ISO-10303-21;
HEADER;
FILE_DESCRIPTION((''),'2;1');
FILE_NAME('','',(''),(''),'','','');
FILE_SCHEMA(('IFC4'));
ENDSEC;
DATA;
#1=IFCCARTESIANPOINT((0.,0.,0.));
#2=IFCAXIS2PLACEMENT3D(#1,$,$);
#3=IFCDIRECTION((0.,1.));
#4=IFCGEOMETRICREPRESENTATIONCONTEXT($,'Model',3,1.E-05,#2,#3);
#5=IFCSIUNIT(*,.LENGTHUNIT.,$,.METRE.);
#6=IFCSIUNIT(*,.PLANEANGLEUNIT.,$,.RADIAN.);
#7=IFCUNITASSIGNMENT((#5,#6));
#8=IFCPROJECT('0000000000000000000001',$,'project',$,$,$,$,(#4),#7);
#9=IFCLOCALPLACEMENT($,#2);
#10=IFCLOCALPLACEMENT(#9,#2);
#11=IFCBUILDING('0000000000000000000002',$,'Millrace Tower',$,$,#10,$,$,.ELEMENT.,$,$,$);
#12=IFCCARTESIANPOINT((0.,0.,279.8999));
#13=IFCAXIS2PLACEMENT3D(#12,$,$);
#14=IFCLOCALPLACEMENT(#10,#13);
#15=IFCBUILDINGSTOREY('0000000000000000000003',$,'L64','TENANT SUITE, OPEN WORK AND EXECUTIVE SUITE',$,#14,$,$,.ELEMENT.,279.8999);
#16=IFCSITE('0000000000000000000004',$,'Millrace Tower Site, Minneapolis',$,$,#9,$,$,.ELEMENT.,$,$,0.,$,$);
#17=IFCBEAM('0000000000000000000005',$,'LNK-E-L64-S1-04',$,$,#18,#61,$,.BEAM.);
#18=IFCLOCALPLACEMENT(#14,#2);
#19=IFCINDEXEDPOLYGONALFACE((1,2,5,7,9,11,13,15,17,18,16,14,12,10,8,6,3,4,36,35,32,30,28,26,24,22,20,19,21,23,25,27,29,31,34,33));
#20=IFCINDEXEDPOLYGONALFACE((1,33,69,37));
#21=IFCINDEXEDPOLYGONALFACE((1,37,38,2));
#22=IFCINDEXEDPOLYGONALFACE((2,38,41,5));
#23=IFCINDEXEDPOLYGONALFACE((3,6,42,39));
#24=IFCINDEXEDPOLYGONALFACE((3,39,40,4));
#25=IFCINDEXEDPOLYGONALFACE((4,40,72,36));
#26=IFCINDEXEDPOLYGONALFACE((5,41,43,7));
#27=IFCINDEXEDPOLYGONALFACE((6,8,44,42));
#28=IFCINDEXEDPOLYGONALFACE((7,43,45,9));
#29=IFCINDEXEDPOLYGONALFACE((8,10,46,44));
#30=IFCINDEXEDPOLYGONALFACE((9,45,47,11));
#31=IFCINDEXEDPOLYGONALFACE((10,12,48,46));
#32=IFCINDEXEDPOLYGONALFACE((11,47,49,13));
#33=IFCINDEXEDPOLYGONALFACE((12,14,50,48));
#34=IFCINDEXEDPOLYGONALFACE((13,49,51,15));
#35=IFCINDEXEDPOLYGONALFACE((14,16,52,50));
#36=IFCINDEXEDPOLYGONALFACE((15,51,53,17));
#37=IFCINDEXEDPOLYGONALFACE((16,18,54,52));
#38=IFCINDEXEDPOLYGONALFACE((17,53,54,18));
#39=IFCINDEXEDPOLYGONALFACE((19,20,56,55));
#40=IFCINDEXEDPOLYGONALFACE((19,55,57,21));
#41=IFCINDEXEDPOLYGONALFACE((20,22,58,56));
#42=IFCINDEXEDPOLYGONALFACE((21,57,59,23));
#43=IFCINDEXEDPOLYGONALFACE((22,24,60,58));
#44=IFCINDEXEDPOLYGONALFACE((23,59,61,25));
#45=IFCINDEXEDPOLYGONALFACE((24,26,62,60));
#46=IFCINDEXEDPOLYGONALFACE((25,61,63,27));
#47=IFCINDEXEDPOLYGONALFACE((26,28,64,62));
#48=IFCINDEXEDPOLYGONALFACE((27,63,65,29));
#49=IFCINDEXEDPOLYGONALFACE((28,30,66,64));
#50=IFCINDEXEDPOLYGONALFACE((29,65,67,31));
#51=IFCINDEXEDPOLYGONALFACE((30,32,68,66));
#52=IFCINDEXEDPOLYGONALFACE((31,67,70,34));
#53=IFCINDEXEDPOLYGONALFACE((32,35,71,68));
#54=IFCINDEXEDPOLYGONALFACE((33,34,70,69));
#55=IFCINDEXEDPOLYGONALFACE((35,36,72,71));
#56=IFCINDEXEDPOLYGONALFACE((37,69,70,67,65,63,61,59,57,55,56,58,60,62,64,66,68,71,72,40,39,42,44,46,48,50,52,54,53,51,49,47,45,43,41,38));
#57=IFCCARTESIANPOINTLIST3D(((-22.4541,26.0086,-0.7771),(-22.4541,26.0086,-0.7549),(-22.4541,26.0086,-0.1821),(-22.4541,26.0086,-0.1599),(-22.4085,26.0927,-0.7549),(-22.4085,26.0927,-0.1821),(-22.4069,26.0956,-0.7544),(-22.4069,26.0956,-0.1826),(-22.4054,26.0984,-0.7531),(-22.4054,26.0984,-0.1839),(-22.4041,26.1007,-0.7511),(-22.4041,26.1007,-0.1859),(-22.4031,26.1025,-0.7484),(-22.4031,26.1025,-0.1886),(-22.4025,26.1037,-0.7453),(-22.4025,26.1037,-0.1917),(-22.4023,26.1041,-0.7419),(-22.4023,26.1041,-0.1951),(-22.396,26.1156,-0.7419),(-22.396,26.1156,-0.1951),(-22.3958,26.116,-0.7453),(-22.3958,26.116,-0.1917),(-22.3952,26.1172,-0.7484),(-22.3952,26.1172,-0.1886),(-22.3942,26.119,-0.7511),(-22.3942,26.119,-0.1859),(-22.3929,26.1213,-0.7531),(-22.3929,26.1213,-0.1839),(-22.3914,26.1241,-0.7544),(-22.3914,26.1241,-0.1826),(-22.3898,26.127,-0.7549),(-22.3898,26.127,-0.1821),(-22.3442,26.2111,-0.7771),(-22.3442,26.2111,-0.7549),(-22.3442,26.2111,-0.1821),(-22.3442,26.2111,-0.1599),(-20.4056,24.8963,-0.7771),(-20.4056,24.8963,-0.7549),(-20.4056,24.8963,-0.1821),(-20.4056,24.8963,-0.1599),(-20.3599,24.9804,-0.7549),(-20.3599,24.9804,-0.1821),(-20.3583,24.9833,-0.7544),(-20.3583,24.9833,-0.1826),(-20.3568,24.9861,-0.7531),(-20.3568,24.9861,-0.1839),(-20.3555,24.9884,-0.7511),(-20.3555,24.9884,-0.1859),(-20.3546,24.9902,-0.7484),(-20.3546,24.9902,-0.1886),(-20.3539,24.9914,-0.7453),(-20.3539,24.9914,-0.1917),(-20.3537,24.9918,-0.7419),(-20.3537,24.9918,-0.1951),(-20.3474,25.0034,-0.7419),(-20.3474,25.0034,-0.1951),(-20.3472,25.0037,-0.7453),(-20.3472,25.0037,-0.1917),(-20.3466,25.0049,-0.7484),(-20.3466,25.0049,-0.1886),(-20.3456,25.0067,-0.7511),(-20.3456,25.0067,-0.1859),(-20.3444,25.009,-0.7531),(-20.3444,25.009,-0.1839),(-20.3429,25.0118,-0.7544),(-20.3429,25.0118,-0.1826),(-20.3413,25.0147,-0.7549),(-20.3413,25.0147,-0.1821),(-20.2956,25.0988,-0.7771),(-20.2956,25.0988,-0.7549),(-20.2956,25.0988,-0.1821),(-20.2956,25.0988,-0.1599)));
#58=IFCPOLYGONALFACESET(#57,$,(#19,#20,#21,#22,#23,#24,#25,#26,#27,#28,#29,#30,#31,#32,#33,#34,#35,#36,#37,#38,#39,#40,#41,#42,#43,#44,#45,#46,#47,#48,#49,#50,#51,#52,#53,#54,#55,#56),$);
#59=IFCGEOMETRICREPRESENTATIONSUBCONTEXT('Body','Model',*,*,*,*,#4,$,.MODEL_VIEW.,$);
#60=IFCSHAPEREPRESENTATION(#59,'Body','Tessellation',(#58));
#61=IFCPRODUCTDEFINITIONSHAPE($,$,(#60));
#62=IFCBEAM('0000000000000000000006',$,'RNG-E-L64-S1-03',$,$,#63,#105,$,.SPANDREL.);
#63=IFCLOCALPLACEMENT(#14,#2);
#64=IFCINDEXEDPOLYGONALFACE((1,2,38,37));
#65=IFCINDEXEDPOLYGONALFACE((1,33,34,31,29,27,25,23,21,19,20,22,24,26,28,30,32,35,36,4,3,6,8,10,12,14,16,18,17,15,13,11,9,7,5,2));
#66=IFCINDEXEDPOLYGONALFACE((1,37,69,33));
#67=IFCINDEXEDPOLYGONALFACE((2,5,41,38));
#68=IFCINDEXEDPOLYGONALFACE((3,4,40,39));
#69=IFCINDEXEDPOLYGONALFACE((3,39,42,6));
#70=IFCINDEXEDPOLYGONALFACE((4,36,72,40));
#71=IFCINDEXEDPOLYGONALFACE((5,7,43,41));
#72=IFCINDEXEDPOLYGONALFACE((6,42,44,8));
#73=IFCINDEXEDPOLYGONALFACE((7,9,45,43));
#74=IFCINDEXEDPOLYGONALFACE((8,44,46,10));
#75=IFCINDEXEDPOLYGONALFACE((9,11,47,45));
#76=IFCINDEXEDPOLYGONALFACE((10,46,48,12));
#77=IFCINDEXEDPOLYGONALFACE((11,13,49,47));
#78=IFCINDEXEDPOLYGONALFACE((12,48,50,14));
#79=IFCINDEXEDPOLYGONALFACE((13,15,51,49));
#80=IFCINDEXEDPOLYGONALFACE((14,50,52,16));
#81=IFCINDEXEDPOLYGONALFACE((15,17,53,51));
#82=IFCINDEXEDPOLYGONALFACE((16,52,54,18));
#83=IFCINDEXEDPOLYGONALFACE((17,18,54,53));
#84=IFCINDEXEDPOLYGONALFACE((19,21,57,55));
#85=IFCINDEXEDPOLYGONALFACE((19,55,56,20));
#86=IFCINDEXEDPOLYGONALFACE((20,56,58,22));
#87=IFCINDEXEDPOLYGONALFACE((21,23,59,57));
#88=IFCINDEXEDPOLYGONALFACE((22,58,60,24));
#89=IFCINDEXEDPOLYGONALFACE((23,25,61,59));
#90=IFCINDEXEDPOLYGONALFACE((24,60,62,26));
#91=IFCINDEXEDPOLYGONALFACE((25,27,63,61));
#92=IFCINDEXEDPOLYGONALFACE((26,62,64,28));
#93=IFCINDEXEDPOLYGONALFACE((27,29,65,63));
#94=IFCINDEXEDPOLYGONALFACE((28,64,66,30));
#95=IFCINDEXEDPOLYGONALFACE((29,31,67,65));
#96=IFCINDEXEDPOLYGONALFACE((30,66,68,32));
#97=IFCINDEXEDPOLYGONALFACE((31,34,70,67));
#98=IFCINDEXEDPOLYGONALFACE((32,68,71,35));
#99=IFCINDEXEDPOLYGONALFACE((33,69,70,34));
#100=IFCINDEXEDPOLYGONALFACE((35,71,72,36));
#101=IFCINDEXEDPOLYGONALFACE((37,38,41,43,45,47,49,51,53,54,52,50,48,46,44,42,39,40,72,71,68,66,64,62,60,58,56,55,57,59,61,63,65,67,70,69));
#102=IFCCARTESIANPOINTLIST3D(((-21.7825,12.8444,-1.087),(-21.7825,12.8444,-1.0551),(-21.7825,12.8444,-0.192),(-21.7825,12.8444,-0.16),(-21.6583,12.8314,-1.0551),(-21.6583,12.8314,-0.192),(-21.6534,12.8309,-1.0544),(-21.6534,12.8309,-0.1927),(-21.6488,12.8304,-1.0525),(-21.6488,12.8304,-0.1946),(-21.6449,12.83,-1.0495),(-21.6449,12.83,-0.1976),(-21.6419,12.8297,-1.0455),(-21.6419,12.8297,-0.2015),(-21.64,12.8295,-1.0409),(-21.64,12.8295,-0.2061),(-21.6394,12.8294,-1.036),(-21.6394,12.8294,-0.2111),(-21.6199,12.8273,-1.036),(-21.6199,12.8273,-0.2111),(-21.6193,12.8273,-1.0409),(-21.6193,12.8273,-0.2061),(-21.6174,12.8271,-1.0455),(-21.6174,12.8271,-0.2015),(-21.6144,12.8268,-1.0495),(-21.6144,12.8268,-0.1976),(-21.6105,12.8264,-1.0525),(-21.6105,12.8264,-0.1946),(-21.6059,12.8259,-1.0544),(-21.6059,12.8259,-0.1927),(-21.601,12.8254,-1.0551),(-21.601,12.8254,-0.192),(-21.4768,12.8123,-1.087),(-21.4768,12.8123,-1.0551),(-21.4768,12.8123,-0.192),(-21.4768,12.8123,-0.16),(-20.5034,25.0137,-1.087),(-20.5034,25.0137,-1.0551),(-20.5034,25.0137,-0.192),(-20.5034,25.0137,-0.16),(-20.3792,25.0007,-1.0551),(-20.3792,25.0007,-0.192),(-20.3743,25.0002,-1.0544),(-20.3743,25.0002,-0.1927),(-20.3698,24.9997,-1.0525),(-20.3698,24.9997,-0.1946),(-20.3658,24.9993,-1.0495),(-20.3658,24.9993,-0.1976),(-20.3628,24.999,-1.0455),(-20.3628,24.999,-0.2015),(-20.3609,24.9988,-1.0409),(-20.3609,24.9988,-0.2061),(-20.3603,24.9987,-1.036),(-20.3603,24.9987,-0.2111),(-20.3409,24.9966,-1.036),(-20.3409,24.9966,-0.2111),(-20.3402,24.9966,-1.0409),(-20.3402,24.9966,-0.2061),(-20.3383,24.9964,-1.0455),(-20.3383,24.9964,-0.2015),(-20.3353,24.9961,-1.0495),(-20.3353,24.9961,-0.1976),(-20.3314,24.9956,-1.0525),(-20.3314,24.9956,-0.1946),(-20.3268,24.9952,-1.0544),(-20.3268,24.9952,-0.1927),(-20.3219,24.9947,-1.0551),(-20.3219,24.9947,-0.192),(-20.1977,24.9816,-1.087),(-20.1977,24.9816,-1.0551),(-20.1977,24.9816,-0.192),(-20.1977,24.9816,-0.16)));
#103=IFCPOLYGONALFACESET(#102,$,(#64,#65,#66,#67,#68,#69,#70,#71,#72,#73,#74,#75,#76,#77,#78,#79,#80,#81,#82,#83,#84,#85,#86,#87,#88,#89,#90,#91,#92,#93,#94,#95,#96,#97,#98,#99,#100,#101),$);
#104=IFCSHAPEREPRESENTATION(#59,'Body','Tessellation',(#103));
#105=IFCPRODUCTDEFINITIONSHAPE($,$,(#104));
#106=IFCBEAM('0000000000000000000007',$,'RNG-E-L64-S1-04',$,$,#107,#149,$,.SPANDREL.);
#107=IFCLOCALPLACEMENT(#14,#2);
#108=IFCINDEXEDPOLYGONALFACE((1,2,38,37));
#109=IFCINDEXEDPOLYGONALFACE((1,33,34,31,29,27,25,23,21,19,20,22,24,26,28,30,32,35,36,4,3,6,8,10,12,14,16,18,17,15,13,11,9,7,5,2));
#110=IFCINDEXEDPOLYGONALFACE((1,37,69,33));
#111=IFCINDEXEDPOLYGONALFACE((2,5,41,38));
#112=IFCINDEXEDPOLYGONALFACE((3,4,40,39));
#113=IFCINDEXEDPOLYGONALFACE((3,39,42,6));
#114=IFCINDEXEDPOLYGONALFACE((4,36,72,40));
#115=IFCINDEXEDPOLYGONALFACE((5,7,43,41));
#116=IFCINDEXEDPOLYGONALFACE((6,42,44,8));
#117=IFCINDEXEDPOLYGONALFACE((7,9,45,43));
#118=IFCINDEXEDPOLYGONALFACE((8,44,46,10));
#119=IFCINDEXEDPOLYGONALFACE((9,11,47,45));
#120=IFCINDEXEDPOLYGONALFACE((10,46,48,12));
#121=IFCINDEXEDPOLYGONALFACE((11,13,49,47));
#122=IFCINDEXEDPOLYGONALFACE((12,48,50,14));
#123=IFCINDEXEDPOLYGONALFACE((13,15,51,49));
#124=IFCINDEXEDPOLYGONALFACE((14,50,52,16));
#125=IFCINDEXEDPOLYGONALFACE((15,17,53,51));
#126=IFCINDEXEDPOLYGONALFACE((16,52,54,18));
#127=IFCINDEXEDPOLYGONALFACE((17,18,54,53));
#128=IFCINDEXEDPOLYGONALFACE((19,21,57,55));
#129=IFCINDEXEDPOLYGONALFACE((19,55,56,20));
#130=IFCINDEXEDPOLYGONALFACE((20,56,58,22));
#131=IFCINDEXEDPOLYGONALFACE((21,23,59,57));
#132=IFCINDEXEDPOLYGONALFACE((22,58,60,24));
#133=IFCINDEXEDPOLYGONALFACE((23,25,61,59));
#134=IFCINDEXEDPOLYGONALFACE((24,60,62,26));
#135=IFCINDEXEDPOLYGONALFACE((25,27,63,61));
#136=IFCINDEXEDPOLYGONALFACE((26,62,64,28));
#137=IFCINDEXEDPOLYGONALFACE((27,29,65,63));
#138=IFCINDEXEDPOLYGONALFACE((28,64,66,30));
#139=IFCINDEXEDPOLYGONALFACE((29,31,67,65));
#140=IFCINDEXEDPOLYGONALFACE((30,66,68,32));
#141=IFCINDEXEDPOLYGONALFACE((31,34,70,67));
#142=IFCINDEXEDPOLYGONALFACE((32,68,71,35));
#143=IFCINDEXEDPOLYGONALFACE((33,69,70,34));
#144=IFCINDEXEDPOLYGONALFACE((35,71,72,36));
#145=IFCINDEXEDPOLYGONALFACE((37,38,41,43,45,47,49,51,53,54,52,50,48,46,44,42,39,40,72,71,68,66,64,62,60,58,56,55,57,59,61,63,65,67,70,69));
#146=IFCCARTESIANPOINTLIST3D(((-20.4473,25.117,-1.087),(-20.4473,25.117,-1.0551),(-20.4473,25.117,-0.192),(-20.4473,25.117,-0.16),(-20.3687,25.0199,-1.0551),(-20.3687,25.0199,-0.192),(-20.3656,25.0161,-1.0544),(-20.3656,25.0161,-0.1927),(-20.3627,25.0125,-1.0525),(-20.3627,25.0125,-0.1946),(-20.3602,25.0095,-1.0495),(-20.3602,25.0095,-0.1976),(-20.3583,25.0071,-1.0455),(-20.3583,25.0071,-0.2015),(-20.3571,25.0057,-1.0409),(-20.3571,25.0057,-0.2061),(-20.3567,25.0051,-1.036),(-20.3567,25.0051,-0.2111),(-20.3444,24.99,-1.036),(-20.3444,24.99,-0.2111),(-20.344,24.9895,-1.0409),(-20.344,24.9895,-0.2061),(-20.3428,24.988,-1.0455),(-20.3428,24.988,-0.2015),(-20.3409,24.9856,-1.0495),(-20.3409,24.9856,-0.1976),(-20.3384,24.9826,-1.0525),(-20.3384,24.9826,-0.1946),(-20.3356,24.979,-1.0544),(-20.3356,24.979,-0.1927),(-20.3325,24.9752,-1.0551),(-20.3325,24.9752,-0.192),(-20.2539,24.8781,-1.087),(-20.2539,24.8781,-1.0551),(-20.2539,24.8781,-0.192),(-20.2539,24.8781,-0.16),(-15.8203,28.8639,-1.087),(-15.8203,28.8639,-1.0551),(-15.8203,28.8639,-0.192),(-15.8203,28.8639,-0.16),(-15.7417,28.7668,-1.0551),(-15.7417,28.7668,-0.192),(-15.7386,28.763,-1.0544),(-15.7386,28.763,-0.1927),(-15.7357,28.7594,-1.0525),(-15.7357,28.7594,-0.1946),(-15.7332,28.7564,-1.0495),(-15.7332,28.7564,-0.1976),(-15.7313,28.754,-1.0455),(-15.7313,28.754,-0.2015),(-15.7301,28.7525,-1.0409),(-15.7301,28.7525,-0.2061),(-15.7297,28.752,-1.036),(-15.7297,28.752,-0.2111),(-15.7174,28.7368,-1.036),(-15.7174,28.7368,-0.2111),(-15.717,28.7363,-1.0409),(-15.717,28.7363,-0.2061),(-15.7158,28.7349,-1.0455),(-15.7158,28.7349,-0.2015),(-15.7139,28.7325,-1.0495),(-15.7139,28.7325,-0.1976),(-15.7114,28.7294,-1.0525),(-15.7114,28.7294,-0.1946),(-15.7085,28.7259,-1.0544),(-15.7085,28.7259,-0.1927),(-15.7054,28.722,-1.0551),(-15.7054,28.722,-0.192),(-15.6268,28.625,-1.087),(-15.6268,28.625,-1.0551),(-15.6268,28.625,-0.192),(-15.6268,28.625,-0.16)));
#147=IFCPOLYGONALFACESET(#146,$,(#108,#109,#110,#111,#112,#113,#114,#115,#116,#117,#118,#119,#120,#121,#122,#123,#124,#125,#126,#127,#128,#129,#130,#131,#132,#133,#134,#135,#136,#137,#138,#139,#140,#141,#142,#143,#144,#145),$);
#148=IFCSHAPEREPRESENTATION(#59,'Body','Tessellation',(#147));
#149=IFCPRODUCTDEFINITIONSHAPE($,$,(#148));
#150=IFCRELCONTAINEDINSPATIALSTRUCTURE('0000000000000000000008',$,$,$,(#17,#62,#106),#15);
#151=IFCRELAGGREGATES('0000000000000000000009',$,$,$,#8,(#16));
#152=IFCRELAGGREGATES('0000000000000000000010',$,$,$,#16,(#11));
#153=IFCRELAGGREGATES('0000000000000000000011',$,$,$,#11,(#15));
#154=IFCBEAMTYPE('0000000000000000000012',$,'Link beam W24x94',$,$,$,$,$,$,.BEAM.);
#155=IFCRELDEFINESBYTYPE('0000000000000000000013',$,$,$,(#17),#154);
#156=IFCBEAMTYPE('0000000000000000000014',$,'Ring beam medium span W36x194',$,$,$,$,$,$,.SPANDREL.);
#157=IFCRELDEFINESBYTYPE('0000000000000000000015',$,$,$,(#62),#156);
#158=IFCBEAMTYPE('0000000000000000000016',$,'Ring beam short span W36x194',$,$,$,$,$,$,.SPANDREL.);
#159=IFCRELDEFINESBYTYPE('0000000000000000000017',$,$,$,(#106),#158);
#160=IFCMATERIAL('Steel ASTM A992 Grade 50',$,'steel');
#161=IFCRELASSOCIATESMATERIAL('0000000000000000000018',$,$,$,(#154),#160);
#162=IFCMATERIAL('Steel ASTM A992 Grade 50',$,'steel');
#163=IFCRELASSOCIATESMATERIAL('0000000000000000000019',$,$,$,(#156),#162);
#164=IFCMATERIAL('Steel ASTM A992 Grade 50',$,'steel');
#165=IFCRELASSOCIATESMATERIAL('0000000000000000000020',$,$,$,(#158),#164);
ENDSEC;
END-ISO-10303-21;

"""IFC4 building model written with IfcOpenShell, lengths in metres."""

from ifc_helpers import new_model, si_unit, direction, frame, origin, origin_2d, place, context, subcontext, project, spatial, i_section, extrude, material, material_profile, profile_set, type_object, element, save


model = new_model("IFC4")

# Units and contexts
model_context = context("Model", 3, precision=1e-05, world=origin(), true_north=direction((0.0, 1.0)))
body_context = subcontext(model_context, "Body", "Model", "MODEL_VIEW")
ifc_project = project(units=[si_unit("LENGTHUNIT", "METRE"), si_unit("PLANEANGLEUNIT", "RADIAN")], contexts=[model_context])

# Site, building, storey
site_placement = place(None, origin())
site = spatial("IfcSite", under=ifc_project, at=site_placement, Name="Millrace Tower Site, Minneapolis", CompositionType="ELEMENT", RefElevation=0.0)
building_placement = place(site_placement, origin())
building = spatial("IfcBuilding", under=site, at=building_placement, Name="Millrace Tower", CompositionType="ELEMENT")
storey_placement = place(building_placement, frame((0.0, 0.0, 279.8999)))
storey = spatial("IfcBuildingStorey", under=building, at=storey_placement, Name="L64", Description="TENANT SUITE, OPEN WORK AND EXECUTIVE SUITE", CompositionType="ELEMENT", Elevation=279.8999)

# Beams
ifc_material_1 = material(Name="Steel ASTM A992 Grade 50", Category="steel")
ifc_material_profile_1 = material_profile(ifc_material_1, i_section(OverallWidth=0.2305, OverallDepth=0.6172, WebThickness=0.0132, FlangeThickness=0.0222, FilletRadius=0.0129, at=origin_2d()))
ifc_profile_set_1 = profile_set([ifc_material_profile_1], Name="Steel ASTM A992 Grade 50")
beam_type_1 = type_object("IfcBeamType", Name="Link beam W24x94", PredefinedType="BEAM", material=ifc_profile_set_1)
beam_1_placement = place(storey_placement, frame((-20.3506, 24.9976, -0.4685), z_axis=(-0.878815, 0.477164, 0.0), x_axis=(-0.477164, -0.878815, 0.0)))
element("IfcBeam", 1, at=beam_1_placement, inside=storey, type_object=beam_type_1, Name="LNK-E-L64-S1-04", PredefinedType="BEAM", context=body_context, shape_type="SweptSolid", body=[
    extrude(i_section(OverallWidth=0.2305, OverallDepth=0.6172, WebThickness=0.0132, FlangeThickness=0.0222, FilletRadius=0.0129, at=origin_2d()), origin(), (0.0, 0.0, 1.0), 2.3311),
])
ifc_material_2 = material(Name="Steel ASTM A992 Grade 50", Category="steel")
ifc_material_profile_2 = material_profile(ifc_material_2, i_section(OverallWidth=0.3074, OverallDepth=0.927, WebThickness=0.0195, FlangeThickness=0.032, FilletRadius=0.019, at=origin_2d()))
ifc_profile_set_2 = profile_set([ifc_material_profile_2], Name="Steel ASTM A992 Grade 50")
beam_type_2 = type_object("IfcBeamType", Name="Ring beam medium span W36x194", PredefinedType="SPANDREL", material=ifc_profile_set_2)
beam_2_placement = place(storey_placement, frame((-21.6296, 12.8284, -0.6235), z_axis=(0.10453, 0.994522, 0.0), x_axis=(-0.994522, 0.10453, 0.0)))
element("IfcBeam", 2, at=beam_2_placement, inside=storey, type_object=beam_type_2, Name="RNG-E-L64-S1-03", PredefinedType="SPANDREL", context=body_context, shape_type="SweptSolid", body=[
    extrude(i_section(OverallWidth=0.3074, OverallDepth=0.927, WebThickness=0.0195, FlangeThickness=0.032, FilletRadius=0.019, at=origin_2d()), origin(), (0.0, 0.0, 1.0), 12.2363),
])
ifc_material_3 = material(Name="Steel ASTM A992 Grade 50", Category="steel")
ifc_material_profile_3 = material_profile(ifc_material_3, i_section(OverallWidth=0.3074, OverallDepth=0.927, WebThickness=0.0195, FlangeThickness=0.032, FilletRadius=0.019, at=origin_2d()))
ifc_profile_set_3 = profile_set([ifc_material_profile_3], Name="Steel ASTM A992 Grade 50")
beam_type_3 = type_object("IfcBeamType", Name="Ring beam short span W36x194", PredefinedType="SPANDREL", material=ifc_profile_set_3)
beam_3_placement = place(storey_placement, frame((-20.3506, 24.9976, -0.6235), z_axis=(0.777147, 0.62932, 0.0), x_axis=(-0.62932, 0.777147, 0.0)))
element("IfcBeam", 3, at=beam_3_placement, inside=storey, type_object=beam_type_3, Name="RNG-E-L64-S1-04", PredefinedType="SPANDREL", context=body_context, shape_type="SweptSolid", body=[
    extrude(i_section(OverallWidth=0.3074, OverallDepth=0.927, WebThickness=0.0195, FlangeThickness=0.032, FilletRadius=0.019, at=origin_2d()), origin(), (0.0, 0.0, 1.0), 5.9539),
])

save(model, "model.ifc")
